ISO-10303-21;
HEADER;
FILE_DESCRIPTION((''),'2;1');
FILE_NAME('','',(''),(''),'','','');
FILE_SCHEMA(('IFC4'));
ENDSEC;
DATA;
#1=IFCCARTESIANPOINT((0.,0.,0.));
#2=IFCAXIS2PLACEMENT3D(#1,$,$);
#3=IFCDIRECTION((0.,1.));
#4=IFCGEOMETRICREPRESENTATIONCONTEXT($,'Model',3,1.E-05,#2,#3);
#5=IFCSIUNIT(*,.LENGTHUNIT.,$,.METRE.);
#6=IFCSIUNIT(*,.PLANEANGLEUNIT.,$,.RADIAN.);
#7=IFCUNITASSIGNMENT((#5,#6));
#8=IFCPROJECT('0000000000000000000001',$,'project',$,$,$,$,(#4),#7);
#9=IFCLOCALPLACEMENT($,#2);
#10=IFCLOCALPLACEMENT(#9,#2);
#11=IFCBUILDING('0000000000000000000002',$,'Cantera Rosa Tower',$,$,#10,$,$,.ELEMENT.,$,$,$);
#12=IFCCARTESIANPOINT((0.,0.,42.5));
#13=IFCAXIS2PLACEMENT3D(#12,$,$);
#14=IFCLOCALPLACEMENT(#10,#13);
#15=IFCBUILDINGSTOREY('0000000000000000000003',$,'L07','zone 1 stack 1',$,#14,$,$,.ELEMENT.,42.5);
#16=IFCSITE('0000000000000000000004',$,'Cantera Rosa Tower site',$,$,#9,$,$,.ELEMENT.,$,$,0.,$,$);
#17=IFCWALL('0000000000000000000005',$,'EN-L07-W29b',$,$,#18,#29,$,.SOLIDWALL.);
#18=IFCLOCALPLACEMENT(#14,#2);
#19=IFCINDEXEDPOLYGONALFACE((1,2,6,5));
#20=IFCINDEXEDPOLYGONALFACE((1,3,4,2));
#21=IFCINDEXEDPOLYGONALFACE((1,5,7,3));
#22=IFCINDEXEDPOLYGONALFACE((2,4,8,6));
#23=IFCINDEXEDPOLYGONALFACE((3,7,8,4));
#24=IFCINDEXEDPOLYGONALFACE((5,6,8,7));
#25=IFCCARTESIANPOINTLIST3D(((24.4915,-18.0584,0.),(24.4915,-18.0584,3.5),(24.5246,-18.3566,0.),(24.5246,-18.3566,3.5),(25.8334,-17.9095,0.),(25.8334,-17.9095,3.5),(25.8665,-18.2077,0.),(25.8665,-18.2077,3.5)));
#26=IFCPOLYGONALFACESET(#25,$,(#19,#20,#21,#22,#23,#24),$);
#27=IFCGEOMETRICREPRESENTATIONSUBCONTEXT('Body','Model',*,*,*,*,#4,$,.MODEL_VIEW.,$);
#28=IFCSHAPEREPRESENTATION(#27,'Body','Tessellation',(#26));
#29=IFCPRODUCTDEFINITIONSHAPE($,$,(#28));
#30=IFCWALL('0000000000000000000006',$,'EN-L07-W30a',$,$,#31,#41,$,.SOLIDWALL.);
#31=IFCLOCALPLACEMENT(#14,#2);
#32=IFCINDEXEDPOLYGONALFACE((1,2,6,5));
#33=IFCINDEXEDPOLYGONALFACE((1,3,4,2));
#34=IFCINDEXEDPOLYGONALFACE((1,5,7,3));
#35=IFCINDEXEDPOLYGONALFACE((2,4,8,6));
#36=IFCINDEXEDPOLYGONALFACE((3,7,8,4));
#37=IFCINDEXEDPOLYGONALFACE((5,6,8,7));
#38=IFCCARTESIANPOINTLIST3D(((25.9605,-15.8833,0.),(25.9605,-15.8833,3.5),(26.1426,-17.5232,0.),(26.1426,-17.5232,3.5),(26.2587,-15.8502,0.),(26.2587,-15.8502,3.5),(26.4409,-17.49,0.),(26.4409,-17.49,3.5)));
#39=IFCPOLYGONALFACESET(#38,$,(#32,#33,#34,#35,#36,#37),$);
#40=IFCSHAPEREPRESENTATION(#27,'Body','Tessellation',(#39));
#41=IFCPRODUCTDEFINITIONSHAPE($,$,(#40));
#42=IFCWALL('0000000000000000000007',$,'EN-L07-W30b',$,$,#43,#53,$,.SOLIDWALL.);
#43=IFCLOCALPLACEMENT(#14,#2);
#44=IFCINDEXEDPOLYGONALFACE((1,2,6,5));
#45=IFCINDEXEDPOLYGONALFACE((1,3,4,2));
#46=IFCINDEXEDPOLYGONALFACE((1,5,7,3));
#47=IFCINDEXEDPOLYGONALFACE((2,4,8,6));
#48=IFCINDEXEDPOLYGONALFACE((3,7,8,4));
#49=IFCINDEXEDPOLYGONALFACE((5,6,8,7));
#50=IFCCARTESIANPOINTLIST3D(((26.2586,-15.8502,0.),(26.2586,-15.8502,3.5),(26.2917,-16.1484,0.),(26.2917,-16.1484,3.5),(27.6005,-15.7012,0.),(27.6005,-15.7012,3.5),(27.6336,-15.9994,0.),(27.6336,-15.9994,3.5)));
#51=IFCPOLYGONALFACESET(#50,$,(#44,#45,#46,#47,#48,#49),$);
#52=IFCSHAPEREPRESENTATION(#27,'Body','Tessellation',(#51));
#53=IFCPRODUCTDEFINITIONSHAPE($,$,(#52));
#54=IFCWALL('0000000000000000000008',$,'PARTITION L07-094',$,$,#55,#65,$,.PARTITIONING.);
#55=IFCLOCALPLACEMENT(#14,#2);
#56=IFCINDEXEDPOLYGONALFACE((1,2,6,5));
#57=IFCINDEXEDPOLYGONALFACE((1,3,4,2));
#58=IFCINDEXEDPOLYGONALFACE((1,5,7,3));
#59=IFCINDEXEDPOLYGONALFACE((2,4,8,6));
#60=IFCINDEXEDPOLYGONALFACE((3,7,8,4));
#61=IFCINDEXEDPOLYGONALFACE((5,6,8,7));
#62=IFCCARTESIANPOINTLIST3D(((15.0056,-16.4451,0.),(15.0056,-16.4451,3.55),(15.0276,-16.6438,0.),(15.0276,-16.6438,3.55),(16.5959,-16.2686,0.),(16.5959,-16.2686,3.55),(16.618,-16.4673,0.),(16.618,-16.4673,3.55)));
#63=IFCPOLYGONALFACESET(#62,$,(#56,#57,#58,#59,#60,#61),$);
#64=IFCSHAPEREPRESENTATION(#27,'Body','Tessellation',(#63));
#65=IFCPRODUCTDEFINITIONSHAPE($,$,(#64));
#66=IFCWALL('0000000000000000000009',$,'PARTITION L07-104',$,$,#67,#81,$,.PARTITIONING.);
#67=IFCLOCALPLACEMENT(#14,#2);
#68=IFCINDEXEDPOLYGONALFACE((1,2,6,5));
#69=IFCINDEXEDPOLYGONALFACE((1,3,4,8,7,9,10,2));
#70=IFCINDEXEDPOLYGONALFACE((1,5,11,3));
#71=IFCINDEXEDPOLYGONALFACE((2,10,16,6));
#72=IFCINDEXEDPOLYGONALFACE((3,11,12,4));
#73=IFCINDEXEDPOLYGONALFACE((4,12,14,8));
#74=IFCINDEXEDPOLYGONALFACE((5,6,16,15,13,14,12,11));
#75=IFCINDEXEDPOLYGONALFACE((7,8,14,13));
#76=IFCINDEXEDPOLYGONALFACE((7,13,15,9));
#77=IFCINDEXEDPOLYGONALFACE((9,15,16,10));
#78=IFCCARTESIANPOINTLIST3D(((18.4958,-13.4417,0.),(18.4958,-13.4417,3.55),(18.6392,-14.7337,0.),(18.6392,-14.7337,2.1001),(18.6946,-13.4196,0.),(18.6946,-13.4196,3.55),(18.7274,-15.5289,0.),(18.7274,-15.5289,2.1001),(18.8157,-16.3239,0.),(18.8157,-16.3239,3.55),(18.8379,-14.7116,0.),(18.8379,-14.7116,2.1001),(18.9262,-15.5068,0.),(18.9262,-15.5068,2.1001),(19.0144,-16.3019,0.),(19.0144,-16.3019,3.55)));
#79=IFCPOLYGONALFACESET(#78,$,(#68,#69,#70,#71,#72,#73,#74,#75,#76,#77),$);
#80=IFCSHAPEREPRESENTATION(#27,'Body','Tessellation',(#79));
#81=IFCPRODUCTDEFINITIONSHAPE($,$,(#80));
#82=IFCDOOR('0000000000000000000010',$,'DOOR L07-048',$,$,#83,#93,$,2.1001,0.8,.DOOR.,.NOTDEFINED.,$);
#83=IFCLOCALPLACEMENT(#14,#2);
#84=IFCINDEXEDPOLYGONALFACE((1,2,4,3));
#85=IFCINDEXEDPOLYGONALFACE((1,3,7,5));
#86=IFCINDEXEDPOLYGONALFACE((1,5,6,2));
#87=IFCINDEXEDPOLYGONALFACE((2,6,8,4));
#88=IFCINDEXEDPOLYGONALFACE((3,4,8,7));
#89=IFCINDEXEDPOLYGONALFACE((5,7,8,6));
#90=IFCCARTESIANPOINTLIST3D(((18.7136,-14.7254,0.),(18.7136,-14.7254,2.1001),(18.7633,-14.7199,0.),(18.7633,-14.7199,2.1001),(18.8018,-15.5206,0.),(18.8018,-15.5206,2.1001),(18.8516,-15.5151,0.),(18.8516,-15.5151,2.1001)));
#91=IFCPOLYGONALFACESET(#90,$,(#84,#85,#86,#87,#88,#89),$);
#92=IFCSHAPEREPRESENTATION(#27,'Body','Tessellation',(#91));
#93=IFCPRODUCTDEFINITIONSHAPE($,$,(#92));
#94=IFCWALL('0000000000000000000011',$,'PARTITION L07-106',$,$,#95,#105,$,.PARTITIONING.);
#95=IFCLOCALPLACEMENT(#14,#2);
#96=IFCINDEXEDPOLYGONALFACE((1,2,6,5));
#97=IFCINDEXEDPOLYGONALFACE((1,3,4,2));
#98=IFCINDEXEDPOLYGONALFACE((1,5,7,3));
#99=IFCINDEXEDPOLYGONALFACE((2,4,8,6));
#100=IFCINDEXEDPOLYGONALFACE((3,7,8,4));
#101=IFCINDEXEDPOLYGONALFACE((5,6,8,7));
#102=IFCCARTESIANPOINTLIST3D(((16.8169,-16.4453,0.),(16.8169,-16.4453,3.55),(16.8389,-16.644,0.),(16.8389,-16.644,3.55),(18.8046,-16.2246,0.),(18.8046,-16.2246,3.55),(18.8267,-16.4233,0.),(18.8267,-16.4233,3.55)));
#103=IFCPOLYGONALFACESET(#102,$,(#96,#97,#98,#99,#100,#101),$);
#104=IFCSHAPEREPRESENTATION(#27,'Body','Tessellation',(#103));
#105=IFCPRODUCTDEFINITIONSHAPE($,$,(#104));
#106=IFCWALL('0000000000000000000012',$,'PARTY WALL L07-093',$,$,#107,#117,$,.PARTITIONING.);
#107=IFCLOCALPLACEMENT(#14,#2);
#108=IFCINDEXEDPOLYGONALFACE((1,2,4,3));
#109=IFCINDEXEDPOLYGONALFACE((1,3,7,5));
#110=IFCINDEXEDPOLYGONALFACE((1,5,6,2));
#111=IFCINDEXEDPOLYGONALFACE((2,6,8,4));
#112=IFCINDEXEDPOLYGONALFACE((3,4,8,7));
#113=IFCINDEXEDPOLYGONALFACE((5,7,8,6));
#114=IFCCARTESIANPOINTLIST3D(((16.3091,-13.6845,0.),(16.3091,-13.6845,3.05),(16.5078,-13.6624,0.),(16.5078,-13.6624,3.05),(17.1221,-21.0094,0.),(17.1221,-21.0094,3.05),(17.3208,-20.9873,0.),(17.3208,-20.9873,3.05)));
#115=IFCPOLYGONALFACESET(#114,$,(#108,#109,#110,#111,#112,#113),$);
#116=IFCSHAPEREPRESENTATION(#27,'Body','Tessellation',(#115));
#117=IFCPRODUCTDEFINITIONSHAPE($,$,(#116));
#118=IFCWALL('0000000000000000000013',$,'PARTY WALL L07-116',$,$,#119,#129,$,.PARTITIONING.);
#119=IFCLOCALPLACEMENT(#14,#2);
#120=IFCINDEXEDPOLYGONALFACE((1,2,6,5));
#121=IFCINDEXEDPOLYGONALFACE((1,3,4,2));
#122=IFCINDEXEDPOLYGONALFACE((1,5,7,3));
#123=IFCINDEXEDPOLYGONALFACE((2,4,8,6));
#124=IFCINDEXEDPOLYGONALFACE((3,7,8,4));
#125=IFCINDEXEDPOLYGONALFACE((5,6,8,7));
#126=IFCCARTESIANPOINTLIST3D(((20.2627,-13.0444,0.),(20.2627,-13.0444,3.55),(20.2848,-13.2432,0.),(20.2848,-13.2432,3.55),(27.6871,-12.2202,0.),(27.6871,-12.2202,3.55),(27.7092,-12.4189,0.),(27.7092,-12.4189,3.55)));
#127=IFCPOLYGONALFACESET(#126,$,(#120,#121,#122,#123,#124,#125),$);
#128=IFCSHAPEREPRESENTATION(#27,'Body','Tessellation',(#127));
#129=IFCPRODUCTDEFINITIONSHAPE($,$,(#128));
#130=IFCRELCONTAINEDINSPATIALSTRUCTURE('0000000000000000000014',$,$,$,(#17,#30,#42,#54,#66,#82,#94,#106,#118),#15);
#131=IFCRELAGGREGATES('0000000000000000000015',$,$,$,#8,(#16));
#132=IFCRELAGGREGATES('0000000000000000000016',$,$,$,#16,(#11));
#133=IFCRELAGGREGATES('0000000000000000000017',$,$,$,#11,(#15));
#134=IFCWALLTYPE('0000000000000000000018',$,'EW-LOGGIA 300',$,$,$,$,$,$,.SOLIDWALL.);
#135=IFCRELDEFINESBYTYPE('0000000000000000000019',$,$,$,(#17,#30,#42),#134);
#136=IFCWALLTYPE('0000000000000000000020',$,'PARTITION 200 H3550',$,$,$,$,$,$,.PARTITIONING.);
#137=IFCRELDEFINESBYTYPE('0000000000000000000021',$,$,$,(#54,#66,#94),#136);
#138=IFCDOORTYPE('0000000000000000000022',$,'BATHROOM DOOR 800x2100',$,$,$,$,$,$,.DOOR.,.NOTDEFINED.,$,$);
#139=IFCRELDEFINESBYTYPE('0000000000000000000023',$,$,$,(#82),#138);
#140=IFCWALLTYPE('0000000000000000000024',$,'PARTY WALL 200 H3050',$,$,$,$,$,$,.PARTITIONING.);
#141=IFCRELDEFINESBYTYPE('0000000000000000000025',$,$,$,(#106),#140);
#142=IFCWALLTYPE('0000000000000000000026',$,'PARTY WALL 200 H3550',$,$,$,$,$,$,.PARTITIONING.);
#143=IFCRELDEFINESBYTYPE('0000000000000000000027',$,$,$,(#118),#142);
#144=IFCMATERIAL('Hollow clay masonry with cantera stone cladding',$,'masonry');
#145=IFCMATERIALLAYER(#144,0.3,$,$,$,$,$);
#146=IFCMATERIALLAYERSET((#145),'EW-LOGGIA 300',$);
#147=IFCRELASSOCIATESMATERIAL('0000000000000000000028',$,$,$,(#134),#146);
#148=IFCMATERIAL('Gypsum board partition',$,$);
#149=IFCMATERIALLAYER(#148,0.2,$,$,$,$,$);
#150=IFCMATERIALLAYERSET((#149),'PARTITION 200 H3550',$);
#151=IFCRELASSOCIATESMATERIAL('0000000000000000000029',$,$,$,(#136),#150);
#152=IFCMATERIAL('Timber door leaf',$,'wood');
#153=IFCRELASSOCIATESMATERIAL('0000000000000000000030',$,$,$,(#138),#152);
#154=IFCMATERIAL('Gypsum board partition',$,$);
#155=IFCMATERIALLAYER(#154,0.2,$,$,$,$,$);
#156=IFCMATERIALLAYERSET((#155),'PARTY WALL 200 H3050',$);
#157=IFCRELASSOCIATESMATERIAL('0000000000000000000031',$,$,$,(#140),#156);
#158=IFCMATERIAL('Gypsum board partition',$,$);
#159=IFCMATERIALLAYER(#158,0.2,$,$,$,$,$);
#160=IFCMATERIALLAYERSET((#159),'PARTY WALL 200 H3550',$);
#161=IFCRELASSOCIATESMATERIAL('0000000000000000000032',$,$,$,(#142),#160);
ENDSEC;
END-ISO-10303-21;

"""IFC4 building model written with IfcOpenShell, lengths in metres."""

from ifc_helpers import new_model, si_unit, direction, frame, frame_2d, origin, place, context, subcontext, project, spatial, rectangle, extrude, material, layer, layer_set, type_object, element, fill, save


model = new_model("IFC4")

# Units and contexts
model_context = context("Model", 3, precision=1e-05, world=origin(), true_north=direction((0.0, 1.0)))
body_context = subcontext(model_context, "Body", "Model", "MODEL_VIEW")
ifc_project = project(units=[si_unit("LENGTHUNIT", "METRE"), si_unit("PLANEANGLEUNIT", "RADIAN")], contexts=[model_context])

# Site, building, storey
site_placement = place(None, origin())
site = spatial("IfcSite", under=ifc_project, at=site_placement, Name="Cantera Rosa Tower site", CompositionType="ELEMENT", RefElevation=0.0)
building_placement = place(site_placement, origin())
building = spatial("IfcBuilding", under=site, at=building_placement, Name="Cantera Rosa Tower", CompositionType="ELEMENT")
storey_placement = place(building_placement, frame((0.0, 0.0, 42.5)))
storey = spatial("IfcBuildingStorey", under=building, at=storey_placement, Name="L07", Description="zone 1 stack 1", CompositionType="ELEMENT", Elevation=42.5)

# Walls
ifc_material_1 = material(Name="Hollow clay masonry with cantera stone cladding", Category="masonry")
ifc_layer_1 = layer(ifc_material_1, 0.3)
ifc_layer_set_1 = layer_set([ifc_layer_1], Name="EW-LOGGIA 300")
wall_type_1 = type_object("IfcWallType", Name="EW-LOGGIA 300", PredefinedType="SOLIDWALL", material=ifc_layer_set_1)
wall_1_placement = place(storey_placement, frame((24.5081, -18.2075, 0.0), z_axis=(0.0, 0.0, 1.0), x_axis=(0.993897, 0.110312, 0.0)))
element("IfcWall", 1, at=wall_1_placement, inside=storey, type_object=wall_type_1, Name="EN-L07-W29b", PredefinedType="SOLIDWALL", context=body_context, shape_type="SweptSolid", body=[
    extrude(rectangle(XDim=1.3501, YDim=0.3, at=frame_2d((0.675, 0.0))), origin(), (0.0, 0.0, 1.0), 3.5),
])
wall_2_placement = place(storey_placement, frame((26.2917, -17.5066, 0.0), z_axis=(0.0, 0.0, 1.0), x_axis=(-0.110383, 0.993889, 0.0)))
element("IfcWall", 2, at=wall_2_placement, inside=storey, type_object=wall_type_1, Name="EN-L07-W30a", PredefinedType="SOLIDWALL", context=body_context, shape_type="SweptSolid", body=[
    extrude(rectangle(XDim=1.6499, YDim=0.3, at=frame_2d((0.825, 0.0))), origin(), (0.0, 0.0, 1.0), 3.5),
])
wall_3_placement = place(storey_placement, frame((26.2751, -15.9993, 0.0), z_axis=(0.0, 0.0, 1.0), x_axis=(0.993897, 0.110312, 0.0)))
element("IfcWall", 3, at=wall_3_placement, inside=storey, type_object=wall_type_1, Name="EN-L07-W30b", PredefinedType="SOLIDWALL", context=body_context, shape_type="SweptSolid", body=[
    extrude(rectangle(XDim=1.3501, YDim=0.3, at=frame_2d((0.675, 0.0))), origin(), (0.0, 0.0, 1.0), 3.5),
])

# Wall
ifc_material_2 = material(Name="Gypsum board partition")
ifc_layer_2 = layer(ifc_material_2, 0.2)
ifc_layer_set_2 = layer_set([ifc_layer_2], Name="PARTITION 200 H3550")
wall_type_2 = type_object("IfcWallType", Name="PARTITION 200 H3550", PredefinedType="PARTITIONING", material=ifc_layer_set_2)
wall_4_placement = place(storey_placement, frame((16.6069, -16.3679, 0.0), z_axis=(0.0, 0.0, 1.0), x_axis=(-0.993897, -0.110314, 0.0)))
element("IfcWall", 4, at=wall_4_placement, inside=storey, type_object=wall_type_2, Name="PARTITION L07-094", PredefinedType="PARTITIONING", context=body_context, shape_type="SweptSolid", body=[
    extrude(rectangle(XDim=1.6001, YDim=0.2, at=frame_2d((0.8, 0.0))), origin(), (0.0, 0.0, 1.0), 3.55),
])

# Wall, opening, door
wall_5_placement = place(storey_placement, frame((18.5952, -13.4307, 0.0), z_axis=(0.0, 0.0, 1.0), x_axis=(0.110284, -0.9939, 0.0)))
wall_5 = element("IfcWall", 5, at=wall_5_placement, inside=storey, type_object=wall_type_2, Name="PARTITION L07-104", PredefinedType="PARTITIONING", context=body_context, shape_type="SweptSolid", body=[
    extrude(rectangle(XDim=2.8999, YDim=0.2, at=frame_2d((1.45, 0.0))), origin(), (0.0, 0.0, 1.0), 3.55),
])
opening_1_placement = place(wall_5_placement, frame((1.3, 0.0, 0.0)))
opening_1 = element("IfcOpeningElement", 6, at=opening_1_placement, cuts=wall_5, PredefinedType="OPENING", context=body_context, shape_type="SweptSolid", body=[
    extrude(rectangle(XDim=0.8, YDim=2.1001, at=frame_2d((0.3999, 1.05))), frame((0.0, 0.1099, 0.0), z_axis=(0.0, -1.0, 0.0), x_axis=(1.0, 0.0, 0.0)), (0.0, 0.0, 1.0), 0.22),
])
ifc_material_3 = material(Name="Timber door leaf", Category="wood")
door_type_1 = type_object("IfcDoorType", Name="BATHROOM DOOR 800x2100", OperationType="NOTDEFINED", PredefinedType="DOOR", material=ifc_material_3)
door_1_placement = place(opening_1_placement, origin())
door_1 = element("IfcDoor", 7, at=door_1_placement, inside=storey, type_object=door_type_1, Name="DOOR L07-048", OperationType="NOTDEFINED", OverallHeight=2.1001, OverallWidth=0.8, PredefinedType="DOOR", context=body_context, shape_type="SweptSolid", body=[
    extrude(rectangle(XDim=0.8, YDim=2.1001, at=frame_2d((0.3999, 1.05))), frame((0.0, 0.0249, 0.0), z_axis=(0.0, -1.0, 0.0), x_axis=(1.0, 0.0, 0.0)), (0.0, 0.0, 1.0), 0.05),
])
fill(opening_1, door_1)

# Walls
wall_6_placement = place(storey_placement, frame((18.8157, -16.324, 0.0), z_axis=(0.0, 0.0, 1.0), x_axis=(-0.993893, -0.110351, 0.0)))
element("IfcWall", 8, at=wall_6_placement, inside=storey, type_object=wall_type_2, Name="PARTITION L07-106", PredefinedType="PARTITIONING", context=body_context, shape_type="SweptSolid", body=[
    extrude(rectangle(XDim=2.0, YDim=0.2, at=frame_2d((1.0, 0.0))), origin(), (0.0, 0.0, 1.0), 3.55),
])
ifc_material_4 = material(Name="Gypsum board partition")
ifc_layer_3 = layer(ifc_material_4, 0.2)
ifc_layer_set_3 = layer_set([ifc_layer_3], Name="PARTY WALL 200 H3050")
wall_type_3 = type_object("IfcWallType", Name="PARTY WALL 200 H3050", PredefinedType="PARTITIONING", material=ifc_layer_set_3)
wall_7_placement = place(storey_placement, frame((16.4084, -13.6733, 0.0), z_axis=(0.0, 0.0, 1.0), x_axis=(0.110312, -0.993897, 0.0)))
element("IfcWall", 9, at=wall_7_placement, inside=storey, type_object=wall_type_3, Name="PARTY WALL L07-093", PredefinedType="PARTITIONING", context=body_context, shape_type="SweptSolid", body=[
    extrude(rectangle(XDim=7.3699, YDim=0.2, at=frame_2d((3.6851, 0.0))), origin(), (0.0, 0.0, 1.0), 3.05),
])
ifc_material_5 = material(Name="Gypsum board partition")
ifc_layer_4 = layer(ifc_material_5, 0.2)
ifc_layer_set_4 = layer_set([ifc_layer_4], Name="PARTY WALL 200 H3550")
wall_type_4 = type_object("IfcWallType", Name="PARTY WALL 200 H3550", PredefinedType="PARTITIONING", material=ifc_layer_set_4)
wall_8_placement = place(storey_placement, frame((27.698, -12.3196, 0.0), z_axis=(0.0, 0.0, 1.0), x_axis=(-0.993894, -0.110338, 0.0)))
element("IfcWall", 10, at=wall_8_placement, inside=storey, type_object=wall_type_4, Name="PARTY WALL L07-116", PredefinedType="PARTITIONING", context=body_context, shape_type="SweptSolid", body=[
    extrude(rectangle(XDim=7.47, YDim=0.2, at=frame_2d((3.7349, 0.0))), origin(), (0.0, 0.0, 1.0), 3.55),
])

save(model, "model.ifc")
